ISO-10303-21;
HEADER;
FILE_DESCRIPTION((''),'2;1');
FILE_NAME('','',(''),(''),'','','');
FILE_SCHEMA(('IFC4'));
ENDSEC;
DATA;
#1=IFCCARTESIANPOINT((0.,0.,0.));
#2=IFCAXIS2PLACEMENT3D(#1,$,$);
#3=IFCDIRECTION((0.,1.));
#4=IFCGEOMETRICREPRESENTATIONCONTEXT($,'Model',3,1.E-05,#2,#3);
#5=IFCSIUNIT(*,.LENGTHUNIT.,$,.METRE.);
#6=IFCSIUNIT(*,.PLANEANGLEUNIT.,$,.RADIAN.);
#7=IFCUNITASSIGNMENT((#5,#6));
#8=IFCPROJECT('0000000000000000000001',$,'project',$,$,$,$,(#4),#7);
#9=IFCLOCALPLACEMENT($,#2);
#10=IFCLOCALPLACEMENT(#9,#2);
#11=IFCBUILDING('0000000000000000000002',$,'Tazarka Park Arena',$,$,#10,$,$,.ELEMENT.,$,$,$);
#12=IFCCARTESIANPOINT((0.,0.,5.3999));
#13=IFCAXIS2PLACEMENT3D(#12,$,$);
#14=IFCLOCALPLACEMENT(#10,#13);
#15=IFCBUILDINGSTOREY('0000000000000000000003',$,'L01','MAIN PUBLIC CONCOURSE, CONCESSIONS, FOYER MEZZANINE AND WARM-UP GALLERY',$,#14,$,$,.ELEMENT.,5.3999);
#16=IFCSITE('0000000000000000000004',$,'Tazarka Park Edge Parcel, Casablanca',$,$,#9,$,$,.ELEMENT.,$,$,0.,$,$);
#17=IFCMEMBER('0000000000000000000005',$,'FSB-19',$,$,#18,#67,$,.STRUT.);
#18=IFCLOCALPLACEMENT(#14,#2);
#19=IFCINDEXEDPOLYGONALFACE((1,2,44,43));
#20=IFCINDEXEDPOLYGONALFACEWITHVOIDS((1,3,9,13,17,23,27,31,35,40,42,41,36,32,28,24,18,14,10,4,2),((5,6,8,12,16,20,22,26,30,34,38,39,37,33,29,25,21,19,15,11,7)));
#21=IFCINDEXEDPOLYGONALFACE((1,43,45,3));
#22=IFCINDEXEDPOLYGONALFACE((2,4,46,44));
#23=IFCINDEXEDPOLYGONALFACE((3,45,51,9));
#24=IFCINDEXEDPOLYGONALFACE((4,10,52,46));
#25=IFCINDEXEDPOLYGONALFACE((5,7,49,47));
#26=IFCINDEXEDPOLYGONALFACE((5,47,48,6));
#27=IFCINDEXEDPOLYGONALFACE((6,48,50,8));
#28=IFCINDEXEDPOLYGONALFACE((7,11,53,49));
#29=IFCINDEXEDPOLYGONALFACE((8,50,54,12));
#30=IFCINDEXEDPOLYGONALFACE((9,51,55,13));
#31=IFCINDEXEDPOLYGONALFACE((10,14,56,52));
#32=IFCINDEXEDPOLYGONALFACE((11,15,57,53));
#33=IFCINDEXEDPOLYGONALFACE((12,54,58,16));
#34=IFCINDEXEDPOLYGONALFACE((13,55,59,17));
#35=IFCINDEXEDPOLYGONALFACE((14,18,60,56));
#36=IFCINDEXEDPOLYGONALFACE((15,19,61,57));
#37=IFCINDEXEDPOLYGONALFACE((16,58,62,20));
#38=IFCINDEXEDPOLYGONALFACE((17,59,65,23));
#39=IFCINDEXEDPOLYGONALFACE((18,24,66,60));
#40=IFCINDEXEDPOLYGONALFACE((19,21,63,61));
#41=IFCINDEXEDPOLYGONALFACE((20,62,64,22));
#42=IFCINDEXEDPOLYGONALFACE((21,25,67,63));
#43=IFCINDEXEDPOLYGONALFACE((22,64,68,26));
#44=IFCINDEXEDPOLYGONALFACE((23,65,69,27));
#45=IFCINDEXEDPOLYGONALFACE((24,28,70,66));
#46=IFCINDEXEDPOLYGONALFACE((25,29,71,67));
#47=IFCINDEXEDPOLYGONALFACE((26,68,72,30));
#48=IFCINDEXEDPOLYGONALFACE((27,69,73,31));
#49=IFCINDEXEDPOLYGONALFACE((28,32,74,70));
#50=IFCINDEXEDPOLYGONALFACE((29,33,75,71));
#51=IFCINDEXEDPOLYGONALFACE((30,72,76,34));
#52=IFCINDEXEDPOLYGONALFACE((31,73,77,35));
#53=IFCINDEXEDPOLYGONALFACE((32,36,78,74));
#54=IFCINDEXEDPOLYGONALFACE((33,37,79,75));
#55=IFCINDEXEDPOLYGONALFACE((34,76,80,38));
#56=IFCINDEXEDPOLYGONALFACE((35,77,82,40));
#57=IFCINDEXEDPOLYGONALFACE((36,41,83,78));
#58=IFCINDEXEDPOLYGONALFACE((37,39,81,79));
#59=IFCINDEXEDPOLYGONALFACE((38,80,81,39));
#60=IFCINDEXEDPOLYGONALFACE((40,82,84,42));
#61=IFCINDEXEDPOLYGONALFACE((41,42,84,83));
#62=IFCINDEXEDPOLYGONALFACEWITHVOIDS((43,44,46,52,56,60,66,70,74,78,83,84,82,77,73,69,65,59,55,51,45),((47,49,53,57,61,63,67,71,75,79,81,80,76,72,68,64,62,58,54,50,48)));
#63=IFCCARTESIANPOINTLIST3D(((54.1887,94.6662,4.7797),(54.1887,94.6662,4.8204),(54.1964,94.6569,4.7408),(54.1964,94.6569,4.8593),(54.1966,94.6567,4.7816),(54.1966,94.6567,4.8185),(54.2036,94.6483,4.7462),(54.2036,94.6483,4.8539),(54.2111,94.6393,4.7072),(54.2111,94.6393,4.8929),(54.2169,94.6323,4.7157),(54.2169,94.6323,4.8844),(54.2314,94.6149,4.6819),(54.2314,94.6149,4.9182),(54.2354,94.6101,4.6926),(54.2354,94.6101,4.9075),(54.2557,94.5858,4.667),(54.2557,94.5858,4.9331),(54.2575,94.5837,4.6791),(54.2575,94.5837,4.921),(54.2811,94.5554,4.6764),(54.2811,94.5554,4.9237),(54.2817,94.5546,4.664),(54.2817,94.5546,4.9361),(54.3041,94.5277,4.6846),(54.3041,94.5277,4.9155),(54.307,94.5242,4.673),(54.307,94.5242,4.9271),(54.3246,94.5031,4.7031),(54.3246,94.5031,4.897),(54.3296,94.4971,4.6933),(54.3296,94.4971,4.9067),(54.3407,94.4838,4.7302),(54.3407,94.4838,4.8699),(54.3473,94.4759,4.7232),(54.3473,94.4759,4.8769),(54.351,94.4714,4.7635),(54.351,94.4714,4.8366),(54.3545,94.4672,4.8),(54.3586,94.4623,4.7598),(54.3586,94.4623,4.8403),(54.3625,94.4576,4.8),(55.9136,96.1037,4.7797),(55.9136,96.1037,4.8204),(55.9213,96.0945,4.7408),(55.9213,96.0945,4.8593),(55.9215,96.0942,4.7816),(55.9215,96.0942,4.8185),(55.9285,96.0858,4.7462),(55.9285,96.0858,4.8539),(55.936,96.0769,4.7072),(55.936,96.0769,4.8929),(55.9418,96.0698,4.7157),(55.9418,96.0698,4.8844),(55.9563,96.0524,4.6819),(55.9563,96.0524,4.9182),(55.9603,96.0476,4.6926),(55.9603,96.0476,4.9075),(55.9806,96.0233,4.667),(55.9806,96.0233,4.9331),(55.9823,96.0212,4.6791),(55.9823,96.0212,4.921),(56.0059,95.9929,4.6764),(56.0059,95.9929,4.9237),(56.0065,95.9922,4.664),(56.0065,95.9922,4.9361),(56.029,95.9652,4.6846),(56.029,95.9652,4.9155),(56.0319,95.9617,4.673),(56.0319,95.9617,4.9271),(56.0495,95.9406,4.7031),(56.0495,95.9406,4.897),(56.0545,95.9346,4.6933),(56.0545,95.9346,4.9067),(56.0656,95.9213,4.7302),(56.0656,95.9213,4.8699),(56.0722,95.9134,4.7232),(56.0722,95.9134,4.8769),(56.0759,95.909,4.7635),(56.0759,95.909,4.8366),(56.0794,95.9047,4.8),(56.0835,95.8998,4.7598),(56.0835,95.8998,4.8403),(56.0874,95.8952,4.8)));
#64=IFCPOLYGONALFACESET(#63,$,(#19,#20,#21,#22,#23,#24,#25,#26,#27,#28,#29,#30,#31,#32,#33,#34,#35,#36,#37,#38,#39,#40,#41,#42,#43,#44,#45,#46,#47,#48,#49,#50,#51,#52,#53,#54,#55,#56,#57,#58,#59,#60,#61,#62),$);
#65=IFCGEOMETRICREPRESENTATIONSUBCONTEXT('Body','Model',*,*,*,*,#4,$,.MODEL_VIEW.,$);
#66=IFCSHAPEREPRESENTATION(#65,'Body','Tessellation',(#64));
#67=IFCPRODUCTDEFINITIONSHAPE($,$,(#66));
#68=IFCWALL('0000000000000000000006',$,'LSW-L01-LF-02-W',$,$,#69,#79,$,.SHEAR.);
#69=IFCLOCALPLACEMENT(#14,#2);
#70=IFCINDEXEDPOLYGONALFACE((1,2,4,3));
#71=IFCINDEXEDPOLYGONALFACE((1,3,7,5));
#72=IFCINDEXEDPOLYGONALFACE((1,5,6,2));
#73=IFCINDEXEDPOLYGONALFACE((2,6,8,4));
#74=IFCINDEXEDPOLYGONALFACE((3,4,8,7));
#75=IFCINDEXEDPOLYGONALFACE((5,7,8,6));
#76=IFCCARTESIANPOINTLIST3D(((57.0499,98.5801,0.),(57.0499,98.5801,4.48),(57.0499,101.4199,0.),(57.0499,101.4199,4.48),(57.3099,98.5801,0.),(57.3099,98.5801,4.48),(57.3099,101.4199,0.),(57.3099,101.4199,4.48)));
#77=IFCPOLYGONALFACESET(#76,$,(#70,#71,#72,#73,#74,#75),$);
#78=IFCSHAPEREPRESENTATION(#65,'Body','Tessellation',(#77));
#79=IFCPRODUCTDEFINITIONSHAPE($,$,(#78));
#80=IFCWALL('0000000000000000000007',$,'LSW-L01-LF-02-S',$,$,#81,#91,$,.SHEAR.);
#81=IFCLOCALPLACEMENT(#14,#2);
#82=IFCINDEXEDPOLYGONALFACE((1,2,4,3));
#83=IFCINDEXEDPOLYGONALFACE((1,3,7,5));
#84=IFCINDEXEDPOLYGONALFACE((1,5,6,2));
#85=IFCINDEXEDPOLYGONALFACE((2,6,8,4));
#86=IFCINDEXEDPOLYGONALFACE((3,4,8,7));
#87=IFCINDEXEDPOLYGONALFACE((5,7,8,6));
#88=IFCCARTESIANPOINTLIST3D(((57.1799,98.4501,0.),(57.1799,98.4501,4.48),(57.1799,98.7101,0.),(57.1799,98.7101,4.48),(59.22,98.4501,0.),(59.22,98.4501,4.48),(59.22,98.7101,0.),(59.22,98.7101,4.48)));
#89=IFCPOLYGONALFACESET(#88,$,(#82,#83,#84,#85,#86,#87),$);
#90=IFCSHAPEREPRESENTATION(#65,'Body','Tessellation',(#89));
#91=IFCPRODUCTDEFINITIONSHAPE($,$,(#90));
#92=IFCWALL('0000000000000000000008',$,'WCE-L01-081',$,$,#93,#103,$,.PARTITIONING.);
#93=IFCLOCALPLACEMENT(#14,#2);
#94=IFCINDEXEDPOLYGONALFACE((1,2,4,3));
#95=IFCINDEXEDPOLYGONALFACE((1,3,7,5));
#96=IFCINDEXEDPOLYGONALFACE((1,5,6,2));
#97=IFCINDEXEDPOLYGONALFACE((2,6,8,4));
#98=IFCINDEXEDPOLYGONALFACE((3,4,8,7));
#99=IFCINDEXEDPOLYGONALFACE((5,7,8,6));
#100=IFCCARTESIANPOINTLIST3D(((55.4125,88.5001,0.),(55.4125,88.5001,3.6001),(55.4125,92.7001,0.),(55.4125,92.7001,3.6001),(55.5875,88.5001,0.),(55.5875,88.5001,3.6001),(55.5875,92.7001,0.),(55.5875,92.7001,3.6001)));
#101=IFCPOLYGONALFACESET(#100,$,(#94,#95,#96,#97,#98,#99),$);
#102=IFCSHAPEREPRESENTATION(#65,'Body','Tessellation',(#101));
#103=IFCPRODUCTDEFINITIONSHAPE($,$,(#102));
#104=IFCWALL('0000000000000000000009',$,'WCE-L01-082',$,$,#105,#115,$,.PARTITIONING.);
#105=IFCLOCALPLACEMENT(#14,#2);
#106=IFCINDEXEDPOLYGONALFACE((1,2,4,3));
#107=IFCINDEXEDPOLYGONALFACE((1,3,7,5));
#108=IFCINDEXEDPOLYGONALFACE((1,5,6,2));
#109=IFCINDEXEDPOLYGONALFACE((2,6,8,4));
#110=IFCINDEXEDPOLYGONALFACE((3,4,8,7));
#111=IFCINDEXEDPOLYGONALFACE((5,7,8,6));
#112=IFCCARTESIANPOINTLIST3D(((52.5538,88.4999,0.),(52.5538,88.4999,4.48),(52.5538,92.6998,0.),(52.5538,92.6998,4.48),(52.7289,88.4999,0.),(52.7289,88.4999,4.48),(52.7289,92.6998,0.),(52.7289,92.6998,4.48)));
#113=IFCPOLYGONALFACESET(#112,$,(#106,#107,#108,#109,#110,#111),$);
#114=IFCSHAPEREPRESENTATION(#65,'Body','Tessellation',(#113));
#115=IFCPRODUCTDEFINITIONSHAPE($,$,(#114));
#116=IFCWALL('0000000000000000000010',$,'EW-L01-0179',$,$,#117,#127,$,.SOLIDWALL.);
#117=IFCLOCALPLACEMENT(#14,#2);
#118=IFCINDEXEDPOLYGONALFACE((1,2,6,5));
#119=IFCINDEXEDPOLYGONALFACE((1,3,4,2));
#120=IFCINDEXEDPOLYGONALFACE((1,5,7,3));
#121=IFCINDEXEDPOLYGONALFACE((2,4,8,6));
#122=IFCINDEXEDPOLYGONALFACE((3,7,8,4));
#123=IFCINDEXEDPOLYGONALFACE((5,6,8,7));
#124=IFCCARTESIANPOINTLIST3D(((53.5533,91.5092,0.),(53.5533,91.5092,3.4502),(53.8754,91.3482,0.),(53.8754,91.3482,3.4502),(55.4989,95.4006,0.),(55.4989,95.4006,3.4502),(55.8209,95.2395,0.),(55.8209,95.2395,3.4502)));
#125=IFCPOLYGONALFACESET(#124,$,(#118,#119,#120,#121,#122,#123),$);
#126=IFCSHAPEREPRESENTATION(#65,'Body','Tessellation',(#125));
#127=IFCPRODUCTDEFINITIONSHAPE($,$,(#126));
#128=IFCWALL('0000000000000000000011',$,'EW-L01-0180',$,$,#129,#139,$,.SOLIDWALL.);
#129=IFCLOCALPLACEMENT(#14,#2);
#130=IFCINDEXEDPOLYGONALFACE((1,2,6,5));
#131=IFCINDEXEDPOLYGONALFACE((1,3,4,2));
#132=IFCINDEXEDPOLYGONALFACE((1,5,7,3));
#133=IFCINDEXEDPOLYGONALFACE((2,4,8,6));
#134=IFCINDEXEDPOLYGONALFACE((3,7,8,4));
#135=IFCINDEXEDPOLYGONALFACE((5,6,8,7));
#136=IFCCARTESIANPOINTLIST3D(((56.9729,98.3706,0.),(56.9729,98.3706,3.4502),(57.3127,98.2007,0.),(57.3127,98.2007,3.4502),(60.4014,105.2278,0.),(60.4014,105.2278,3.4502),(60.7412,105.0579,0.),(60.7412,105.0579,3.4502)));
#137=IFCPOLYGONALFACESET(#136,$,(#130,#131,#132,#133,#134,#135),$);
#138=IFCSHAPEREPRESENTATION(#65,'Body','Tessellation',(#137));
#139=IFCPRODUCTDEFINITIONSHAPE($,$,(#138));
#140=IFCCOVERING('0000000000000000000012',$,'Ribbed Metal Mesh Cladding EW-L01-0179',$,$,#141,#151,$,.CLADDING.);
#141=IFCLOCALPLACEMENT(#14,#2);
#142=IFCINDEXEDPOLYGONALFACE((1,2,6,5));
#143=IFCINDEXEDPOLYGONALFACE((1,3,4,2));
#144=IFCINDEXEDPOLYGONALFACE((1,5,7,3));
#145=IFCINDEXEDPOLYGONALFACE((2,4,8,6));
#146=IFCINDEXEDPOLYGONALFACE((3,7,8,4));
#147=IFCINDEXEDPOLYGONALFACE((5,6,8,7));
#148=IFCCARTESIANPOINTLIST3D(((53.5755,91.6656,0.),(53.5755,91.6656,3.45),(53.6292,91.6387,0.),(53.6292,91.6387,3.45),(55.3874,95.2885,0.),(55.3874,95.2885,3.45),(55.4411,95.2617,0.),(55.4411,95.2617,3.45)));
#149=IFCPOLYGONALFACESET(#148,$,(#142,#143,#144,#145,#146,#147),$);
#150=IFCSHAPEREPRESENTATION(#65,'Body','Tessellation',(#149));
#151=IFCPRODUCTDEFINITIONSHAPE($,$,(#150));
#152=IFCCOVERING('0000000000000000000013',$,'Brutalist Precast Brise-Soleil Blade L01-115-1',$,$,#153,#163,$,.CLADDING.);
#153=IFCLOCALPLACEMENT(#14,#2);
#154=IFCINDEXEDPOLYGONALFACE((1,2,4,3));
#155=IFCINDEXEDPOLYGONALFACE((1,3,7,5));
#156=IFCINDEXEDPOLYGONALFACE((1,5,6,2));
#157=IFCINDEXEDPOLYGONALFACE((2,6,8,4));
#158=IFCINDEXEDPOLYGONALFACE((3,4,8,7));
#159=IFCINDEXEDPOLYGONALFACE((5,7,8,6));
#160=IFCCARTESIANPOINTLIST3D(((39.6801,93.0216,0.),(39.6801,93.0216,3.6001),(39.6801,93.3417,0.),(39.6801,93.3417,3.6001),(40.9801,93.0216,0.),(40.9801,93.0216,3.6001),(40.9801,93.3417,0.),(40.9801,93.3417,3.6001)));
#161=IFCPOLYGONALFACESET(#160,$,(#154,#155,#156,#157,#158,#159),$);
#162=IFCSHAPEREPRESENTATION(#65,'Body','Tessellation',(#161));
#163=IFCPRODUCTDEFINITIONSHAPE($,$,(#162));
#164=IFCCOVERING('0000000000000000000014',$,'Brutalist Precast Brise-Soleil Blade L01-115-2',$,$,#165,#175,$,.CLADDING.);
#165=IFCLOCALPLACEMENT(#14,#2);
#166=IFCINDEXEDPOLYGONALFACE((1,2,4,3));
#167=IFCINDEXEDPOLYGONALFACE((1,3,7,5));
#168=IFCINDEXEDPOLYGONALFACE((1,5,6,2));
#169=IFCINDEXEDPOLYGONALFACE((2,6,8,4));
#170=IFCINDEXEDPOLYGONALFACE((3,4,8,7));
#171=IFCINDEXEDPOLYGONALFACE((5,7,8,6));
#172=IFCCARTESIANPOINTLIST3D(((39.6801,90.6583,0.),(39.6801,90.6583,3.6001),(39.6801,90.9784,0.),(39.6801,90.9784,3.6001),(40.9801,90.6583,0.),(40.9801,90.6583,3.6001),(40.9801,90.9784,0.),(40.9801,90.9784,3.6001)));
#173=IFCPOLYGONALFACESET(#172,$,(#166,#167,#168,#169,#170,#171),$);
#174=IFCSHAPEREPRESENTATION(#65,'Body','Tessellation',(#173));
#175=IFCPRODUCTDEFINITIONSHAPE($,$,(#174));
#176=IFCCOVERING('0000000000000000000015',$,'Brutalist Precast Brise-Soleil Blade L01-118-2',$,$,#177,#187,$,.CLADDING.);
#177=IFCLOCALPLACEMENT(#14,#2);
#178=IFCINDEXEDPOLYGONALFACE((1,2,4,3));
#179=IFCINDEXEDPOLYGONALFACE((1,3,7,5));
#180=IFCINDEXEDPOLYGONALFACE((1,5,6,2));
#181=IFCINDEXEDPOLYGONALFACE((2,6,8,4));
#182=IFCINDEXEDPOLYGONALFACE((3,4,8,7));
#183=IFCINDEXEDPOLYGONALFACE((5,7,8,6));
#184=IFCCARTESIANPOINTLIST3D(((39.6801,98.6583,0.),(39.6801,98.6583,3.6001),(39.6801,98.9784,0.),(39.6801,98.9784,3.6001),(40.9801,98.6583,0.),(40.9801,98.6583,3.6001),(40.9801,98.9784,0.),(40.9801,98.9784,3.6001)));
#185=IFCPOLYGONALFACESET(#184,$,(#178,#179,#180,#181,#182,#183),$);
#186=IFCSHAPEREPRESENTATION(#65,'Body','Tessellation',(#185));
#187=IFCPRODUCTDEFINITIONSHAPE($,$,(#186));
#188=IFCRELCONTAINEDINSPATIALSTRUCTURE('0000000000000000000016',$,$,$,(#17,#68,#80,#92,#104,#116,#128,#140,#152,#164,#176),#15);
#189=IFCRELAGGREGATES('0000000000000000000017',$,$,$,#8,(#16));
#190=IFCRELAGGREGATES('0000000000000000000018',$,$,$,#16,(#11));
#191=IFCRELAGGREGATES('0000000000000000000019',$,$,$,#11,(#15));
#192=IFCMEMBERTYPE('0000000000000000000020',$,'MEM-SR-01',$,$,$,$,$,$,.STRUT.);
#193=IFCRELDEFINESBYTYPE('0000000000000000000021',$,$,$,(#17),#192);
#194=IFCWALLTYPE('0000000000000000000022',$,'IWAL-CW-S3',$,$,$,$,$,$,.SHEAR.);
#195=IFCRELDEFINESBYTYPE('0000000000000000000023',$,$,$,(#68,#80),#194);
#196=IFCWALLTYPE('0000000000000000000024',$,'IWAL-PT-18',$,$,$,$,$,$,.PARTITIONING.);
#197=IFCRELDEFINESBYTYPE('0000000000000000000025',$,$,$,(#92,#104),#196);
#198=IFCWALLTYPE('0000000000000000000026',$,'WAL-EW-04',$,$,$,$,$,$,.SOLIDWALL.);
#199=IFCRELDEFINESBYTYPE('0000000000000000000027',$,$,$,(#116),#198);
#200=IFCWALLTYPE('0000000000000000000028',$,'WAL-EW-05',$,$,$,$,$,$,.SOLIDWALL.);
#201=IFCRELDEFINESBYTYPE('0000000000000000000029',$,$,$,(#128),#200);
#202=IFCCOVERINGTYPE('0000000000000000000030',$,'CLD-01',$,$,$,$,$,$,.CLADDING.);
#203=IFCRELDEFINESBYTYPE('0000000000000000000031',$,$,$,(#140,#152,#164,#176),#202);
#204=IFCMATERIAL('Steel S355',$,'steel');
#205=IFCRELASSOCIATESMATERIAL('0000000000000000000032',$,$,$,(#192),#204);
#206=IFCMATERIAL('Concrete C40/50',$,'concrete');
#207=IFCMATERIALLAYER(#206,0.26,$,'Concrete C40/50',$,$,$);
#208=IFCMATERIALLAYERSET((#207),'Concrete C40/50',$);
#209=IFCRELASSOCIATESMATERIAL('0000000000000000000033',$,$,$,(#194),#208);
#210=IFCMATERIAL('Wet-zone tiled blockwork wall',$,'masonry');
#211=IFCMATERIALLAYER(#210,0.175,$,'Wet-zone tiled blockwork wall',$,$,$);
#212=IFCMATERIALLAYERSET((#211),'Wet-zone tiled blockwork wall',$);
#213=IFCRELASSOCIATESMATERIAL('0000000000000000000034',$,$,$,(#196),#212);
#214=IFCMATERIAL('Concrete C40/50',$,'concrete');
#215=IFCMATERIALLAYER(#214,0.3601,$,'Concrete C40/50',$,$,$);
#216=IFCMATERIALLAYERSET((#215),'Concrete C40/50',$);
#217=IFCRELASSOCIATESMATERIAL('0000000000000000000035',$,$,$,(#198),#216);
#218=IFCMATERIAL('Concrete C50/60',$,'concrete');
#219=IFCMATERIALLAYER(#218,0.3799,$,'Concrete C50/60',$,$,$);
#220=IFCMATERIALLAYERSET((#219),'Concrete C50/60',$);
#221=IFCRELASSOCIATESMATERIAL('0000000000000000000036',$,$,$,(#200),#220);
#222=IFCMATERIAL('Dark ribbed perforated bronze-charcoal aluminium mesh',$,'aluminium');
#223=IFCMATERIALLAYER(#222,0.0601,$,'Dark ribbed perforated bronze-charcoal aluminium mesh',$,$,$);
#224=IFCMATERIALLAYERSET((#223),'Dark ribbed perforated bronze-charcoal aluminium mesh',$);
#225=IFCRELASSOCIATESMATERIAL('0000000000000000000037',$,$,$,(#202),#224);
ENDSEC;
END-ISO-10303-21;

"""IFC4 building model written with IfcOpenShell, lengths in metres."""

from ifc_helpers import new_model, si_unit, direction, frame, frame_2d, origin, origin_2d, place, context, subcontext, project, spatial, rectangle, hollow_circle, extrude, material, layer, layer_set, material_profile, profile_set, type_object, element, save


model = new_model("IFC4")

# Units and contexts
model_context = context("Model", 3, precision=1e-05, world=origin(), true_north=direction((0.0, 1.0)))
body_context = subcontext(model_context, "Body", "Model", "MODEL_VIEW")
ifc_project = project(units=[si_unit("LENGTHUNIT", "METRE"), si_unit("PLANEANGLEUNIT", "RADIAN")], contexts=[model_context])

# Site, building, storey
site_placement = place(None, origin())
site = spatial("IfcSite", under=ifc_project, at=site_placement, Name="Tazarka Park Edge Parcel, Casablanca", CompositionType="ELEMENT", RefElevation=0.0)
building_placement = place(site_placement, origin())
building = spatial("IfcBuilding", under=site, at=building_placement, Name="Tazarka Park Arena", CompositionType="ELEMENT")
storey_placement = place(building_placement, frame((0.0, 0.0, 5.3999)))
storey = spatial("IfcBuildingStorey", under=building, at=storey_placement, Name="L01", Description="MAIN PUBLIC CONCOURSE, CONCESSIONS, FOYER MEZZANINE AND WARM-UP GALLERY", CompositionType="ELEMENT", Elevation=5.3999)

# Member
ifc_material_1 = material(Name="Steel S355", Category="steel")
ifc_material_profile_1 = material_profile(ifc_material_1, hollow_circle(Radius=0.1365, WallThickness=0.0125, at=origin_2d()), Name="Steel S355")
ifc_profile_set_1 = profile_set([ifc_material_profile_1], Name="Steel S355")
member_type_1 = type_object("IfcMemberType", Name="MEM-SR-01", PredefinedType="STRUT", material=ifc_profile_set_1)
member_1_placement = place(storey_placement, frame((56.0, 96.0, 4.8), z_axis=(-0.768195, -0.640216, 0.0), x_axis=(0.640216, -0.768195, 0.0)))
element("IfcMember", 1, at=member_1_placement, inside=storey, type_object=member_type_1, Name="FSB-19", PredefinedType="STRUT", context=body_context, shape_type="SweptSolid", body=[
    extrude(hollow_circle(Radius=0.1365, WallThickness=0.0125, at=origin_2d()), origin(), (0.0, 0.0, 1.0), 2.2454),
])

# Walls
ifc_material_2 = material(Name="Concrete C40/50", Category="concrete")
ifc_layer_1 = layer(ifc_material_2, 0.26, Name="Concrete C40/50")
ifc_layer_set_1 = layer_set([ifc_layer_1], Name="Concrete C40/50")
wall_type_1 = type_object("IfcWallType", Name="IWAL-CW-S3", PredefinedType="SHEAR", material=ifc_layer_set_1)
wall_1_placement = place(storey_placement, frame((57.1799, 98.5801, 0.0), z_axis=(0.0, 0.0, 1.0), x_axis=(0.0, 1.0, 0.0)))
element("IfcWall", 2, at=wall_1_placement, inside=storey, type_object=wall_type_1, Name="LSW-L01-LF-02-W", PredefinedType="SHEAR", context=body_context, shape_type="SweptSolid", body=[
    extrude(rectangle(XDim=2.8398, YDim=0.26, at=frame_2d((1.4199, 0.0))), origin(), (0.0, 0.0, 1.0), 4.48),
])
wall_2_placement = place(storey_placement, frame((59.22, 98.5801, 0.0), z_axis=(0.0, 0.0, 1.0), x_axis=(-1.0, 0.0, 0.0)))
element("IfcWall", 3, at=wall_2_placement, inside=storey, type_object=wall_type_1, Name="LSW-L01-LF-02-S", PredefinedType="SHEAR", context=body_context, shape_type="SweptSolid", body=[
    extrude(rectangle(XDim=2.04, YDim=0.26, at=frame_2d((1.02, 0.0))), origin(), (0.0, 0.0, 1.0), 4.48),
])

# Shared definitions
ifc_material_3 = material(Name="Wet-zone tiled blockwork wall", Category="masonry")
ifc_layer_2 = layer(ifc_material_3, 0.175, Name="Wet-zone tiled blockwork wall")
ifc_layer_set_2 = layer_set([ifc_layer_2], Name="Wet-zone tiled blockwork wall")
wall_type_2 = type_object("IfcWallType", Name="IWAL-PT-18", PredefinedType="PARTITIONING", material=ifc_layer_set_2)

# Walls
wall_3_placement = place(storey_placement, frame((55.5, 88.5, 0.0), z_axis=(0.0, 0.0, 1.0), x_axis=(0.0, 1.0, 0.0)))
element("IfcWall", 4, at=wall_3_placement, inside=storey, type_object=wall_type_2, Name="WCE-L01-081", PredefinedType="PARTITIONING", context=body_context, shape_type="SweptSolid", body=[
    extrude(rectangle(XDim=4.2, YDim=0.175, at=frame_2d((2.1001, 0.0))), origin(), (0.0, 0.0, 1.0), 3.6001),
])
wall_4_placement = place(storey_placement, frame((52.6414, 92.7, 0.0), z_axis=(0.0, 0.0, 1.0), x_axis=(0.0, -1.0, 0.0)))
element("IfcWall", 5, at=wall_4_placement, inside=storey, type_object=wall_type_2, Name="WCE-L01-082", PredefinedType="PARTITIONING", context=body_context, shape_type="SweptSolid", body=[
    extrude(rectangle(XDim=4.2, YDim=0.175, at=frame_2d((2.1001, 0.0))), origin(), (0.0, 0.0, 1.0), 4.48),
])
ifc_material_4 = material(Name="Concrete C40/50", Category="concrete")
ifc_layer_3 = layer(ifc_material_4, 0.3601, Name="Concrete C40/50")
ifc_layer_set_3 = layer_set([ifc_layer_3], Name="Concrete C40/50")
wall_type_3 = type_object("IfcWallType", Name="WAL-EW-04", PredefinedType="SOLIDWALL", material=ifc_layer_set_3)
wall_5_placement = place(storey_placement, frame((53.7144, 91.4287, 0.0), z_axis=(0.0, 0.0, 1.0), x_axis=(0.447191, 0.894438, 0.0)))
element("IfcWall", 6, at=wall_5_placement, inside=storey, type_object=wall_type_3, Name="EW-L01-0179", PredefinedType="SOLIDWALL", context=body_context, shape_type="SweptSolid", body=[
    extrude(rectangle(XDim=4.3506, YDim=0.3601, at=frame_2d((2.1753, 0.0))), origin(), (0.0, 0.0, 1.0), 3.4502),
])
ifc_material_5 = material(Name="Concrete C50/60", Category="concrete")
ifc_layer_4 = layer(ifc_material_5, 0.3799, Name="Concrete C50/60")
ifc_layer_set_4 = layer_set([ifc_layer_4], Name="Concrete C50/60")
wall_type_4 = type_object("IfcWallType", Name="WAL-EW-05", PredefinedType="SOLIDWALL", material=ifc_layer_set_4)
wall_6_placement = place(storey_placement, frame((57.1428, 98.2856, 0.0), z_axis=(0.0, 0.0, 1.0), x_axis=(0.447201, 0.894434, 0.0)))
element("IfcWall", 7, at=wall_6_placement, inside=storey, type_object=wall_type_4, Name="EW-L01-0180", PredefinedType="SOLIDWALL", context=body_context, shape_type="SweptSolid", body=[
    extrude(rectangle(XDim=7.6665, YDim=0.3799, at=frame_2d((3.8333, 0.0))), origin(), (0.0, 0.0, 1.0), 3.4502),
])

# Coverings
ifc_material_6 = material(Name="Dark ribbed perforated bronze-charcoal aluminium mesh", Category="aluminium")
ifc_layer_5 = layer(ifc_material_6, 0.0601, Name="Dark ribbed perforated bronze-charcoal aluminium mesh")
ifc_layer_set_5 = layer_set([ifc_layer_5], Name="Dark ribbed perforated bronze-charcoal aluminium mesh")
covering_type = type_object("IfcCoveringType", Name="CLD-01", PredefinedType="CLADDING", material=ifc_layer_set_5)
covering_placement = place(storey_placement, frame((54.5083, 93.4636, 0.0), z_axis=(0.0, 0.0, 1.0), x_axis=(0.447291, 0.894389, 0.0)))
element("IfcCovering", 8, at=covering_placement, inside=storey, type_object=covering_type, Name="Ribbed Metal Mesh Cladding EW-L01-0179", PredefinedType="CLADDING", context=body_context, shape_type="SweptSolid", body=[
    extrude(rectangle(XDim=4.0508, YDim=0.0601, at=origin_2d()), origin(), (0.0, 0.0, 1.0), 3.45),
])
for number, where, z_axis, x_axis, name in (
    (9, (40.3301, 93.1816, 0.0), (0.0, 0.0, 1.0), (0.0, -1.0, 0.0), "Brutalist Precast Brise-Soleil Blade L01-115-1"),
    (10, (40.3301, 90.8184, 0.0), (0.0, 0.0, 1.0), (0.0, -1.0, 0.0), "Brutalist Precast Brise-Soleil Blade L01-115-2"),
    (11, (40.3301, 98.8184, 0.0), (0.0, 0.0, 1.0), (0.0, -1.0, 0.0), "Brutalist Precast Brise-Soleil Blade L01-118-2"),
):
    element("IfcCovering", number, at=place(storey_placement, frame(where, z_axis=z_axis, x_axis=x_axis)), inside=storey, type_object=covering_type, Name=name, PredefinedType="CLADDING", context=body_context, shape_type="SweptSolid", body=[
        extrude(rectangle(XDim=0.3201, YDim=1.3, at=origin_2d()), origin(), (0.0, 0.0, 1.0), 3.6001),
    ])

save(model, "model.ifc")
